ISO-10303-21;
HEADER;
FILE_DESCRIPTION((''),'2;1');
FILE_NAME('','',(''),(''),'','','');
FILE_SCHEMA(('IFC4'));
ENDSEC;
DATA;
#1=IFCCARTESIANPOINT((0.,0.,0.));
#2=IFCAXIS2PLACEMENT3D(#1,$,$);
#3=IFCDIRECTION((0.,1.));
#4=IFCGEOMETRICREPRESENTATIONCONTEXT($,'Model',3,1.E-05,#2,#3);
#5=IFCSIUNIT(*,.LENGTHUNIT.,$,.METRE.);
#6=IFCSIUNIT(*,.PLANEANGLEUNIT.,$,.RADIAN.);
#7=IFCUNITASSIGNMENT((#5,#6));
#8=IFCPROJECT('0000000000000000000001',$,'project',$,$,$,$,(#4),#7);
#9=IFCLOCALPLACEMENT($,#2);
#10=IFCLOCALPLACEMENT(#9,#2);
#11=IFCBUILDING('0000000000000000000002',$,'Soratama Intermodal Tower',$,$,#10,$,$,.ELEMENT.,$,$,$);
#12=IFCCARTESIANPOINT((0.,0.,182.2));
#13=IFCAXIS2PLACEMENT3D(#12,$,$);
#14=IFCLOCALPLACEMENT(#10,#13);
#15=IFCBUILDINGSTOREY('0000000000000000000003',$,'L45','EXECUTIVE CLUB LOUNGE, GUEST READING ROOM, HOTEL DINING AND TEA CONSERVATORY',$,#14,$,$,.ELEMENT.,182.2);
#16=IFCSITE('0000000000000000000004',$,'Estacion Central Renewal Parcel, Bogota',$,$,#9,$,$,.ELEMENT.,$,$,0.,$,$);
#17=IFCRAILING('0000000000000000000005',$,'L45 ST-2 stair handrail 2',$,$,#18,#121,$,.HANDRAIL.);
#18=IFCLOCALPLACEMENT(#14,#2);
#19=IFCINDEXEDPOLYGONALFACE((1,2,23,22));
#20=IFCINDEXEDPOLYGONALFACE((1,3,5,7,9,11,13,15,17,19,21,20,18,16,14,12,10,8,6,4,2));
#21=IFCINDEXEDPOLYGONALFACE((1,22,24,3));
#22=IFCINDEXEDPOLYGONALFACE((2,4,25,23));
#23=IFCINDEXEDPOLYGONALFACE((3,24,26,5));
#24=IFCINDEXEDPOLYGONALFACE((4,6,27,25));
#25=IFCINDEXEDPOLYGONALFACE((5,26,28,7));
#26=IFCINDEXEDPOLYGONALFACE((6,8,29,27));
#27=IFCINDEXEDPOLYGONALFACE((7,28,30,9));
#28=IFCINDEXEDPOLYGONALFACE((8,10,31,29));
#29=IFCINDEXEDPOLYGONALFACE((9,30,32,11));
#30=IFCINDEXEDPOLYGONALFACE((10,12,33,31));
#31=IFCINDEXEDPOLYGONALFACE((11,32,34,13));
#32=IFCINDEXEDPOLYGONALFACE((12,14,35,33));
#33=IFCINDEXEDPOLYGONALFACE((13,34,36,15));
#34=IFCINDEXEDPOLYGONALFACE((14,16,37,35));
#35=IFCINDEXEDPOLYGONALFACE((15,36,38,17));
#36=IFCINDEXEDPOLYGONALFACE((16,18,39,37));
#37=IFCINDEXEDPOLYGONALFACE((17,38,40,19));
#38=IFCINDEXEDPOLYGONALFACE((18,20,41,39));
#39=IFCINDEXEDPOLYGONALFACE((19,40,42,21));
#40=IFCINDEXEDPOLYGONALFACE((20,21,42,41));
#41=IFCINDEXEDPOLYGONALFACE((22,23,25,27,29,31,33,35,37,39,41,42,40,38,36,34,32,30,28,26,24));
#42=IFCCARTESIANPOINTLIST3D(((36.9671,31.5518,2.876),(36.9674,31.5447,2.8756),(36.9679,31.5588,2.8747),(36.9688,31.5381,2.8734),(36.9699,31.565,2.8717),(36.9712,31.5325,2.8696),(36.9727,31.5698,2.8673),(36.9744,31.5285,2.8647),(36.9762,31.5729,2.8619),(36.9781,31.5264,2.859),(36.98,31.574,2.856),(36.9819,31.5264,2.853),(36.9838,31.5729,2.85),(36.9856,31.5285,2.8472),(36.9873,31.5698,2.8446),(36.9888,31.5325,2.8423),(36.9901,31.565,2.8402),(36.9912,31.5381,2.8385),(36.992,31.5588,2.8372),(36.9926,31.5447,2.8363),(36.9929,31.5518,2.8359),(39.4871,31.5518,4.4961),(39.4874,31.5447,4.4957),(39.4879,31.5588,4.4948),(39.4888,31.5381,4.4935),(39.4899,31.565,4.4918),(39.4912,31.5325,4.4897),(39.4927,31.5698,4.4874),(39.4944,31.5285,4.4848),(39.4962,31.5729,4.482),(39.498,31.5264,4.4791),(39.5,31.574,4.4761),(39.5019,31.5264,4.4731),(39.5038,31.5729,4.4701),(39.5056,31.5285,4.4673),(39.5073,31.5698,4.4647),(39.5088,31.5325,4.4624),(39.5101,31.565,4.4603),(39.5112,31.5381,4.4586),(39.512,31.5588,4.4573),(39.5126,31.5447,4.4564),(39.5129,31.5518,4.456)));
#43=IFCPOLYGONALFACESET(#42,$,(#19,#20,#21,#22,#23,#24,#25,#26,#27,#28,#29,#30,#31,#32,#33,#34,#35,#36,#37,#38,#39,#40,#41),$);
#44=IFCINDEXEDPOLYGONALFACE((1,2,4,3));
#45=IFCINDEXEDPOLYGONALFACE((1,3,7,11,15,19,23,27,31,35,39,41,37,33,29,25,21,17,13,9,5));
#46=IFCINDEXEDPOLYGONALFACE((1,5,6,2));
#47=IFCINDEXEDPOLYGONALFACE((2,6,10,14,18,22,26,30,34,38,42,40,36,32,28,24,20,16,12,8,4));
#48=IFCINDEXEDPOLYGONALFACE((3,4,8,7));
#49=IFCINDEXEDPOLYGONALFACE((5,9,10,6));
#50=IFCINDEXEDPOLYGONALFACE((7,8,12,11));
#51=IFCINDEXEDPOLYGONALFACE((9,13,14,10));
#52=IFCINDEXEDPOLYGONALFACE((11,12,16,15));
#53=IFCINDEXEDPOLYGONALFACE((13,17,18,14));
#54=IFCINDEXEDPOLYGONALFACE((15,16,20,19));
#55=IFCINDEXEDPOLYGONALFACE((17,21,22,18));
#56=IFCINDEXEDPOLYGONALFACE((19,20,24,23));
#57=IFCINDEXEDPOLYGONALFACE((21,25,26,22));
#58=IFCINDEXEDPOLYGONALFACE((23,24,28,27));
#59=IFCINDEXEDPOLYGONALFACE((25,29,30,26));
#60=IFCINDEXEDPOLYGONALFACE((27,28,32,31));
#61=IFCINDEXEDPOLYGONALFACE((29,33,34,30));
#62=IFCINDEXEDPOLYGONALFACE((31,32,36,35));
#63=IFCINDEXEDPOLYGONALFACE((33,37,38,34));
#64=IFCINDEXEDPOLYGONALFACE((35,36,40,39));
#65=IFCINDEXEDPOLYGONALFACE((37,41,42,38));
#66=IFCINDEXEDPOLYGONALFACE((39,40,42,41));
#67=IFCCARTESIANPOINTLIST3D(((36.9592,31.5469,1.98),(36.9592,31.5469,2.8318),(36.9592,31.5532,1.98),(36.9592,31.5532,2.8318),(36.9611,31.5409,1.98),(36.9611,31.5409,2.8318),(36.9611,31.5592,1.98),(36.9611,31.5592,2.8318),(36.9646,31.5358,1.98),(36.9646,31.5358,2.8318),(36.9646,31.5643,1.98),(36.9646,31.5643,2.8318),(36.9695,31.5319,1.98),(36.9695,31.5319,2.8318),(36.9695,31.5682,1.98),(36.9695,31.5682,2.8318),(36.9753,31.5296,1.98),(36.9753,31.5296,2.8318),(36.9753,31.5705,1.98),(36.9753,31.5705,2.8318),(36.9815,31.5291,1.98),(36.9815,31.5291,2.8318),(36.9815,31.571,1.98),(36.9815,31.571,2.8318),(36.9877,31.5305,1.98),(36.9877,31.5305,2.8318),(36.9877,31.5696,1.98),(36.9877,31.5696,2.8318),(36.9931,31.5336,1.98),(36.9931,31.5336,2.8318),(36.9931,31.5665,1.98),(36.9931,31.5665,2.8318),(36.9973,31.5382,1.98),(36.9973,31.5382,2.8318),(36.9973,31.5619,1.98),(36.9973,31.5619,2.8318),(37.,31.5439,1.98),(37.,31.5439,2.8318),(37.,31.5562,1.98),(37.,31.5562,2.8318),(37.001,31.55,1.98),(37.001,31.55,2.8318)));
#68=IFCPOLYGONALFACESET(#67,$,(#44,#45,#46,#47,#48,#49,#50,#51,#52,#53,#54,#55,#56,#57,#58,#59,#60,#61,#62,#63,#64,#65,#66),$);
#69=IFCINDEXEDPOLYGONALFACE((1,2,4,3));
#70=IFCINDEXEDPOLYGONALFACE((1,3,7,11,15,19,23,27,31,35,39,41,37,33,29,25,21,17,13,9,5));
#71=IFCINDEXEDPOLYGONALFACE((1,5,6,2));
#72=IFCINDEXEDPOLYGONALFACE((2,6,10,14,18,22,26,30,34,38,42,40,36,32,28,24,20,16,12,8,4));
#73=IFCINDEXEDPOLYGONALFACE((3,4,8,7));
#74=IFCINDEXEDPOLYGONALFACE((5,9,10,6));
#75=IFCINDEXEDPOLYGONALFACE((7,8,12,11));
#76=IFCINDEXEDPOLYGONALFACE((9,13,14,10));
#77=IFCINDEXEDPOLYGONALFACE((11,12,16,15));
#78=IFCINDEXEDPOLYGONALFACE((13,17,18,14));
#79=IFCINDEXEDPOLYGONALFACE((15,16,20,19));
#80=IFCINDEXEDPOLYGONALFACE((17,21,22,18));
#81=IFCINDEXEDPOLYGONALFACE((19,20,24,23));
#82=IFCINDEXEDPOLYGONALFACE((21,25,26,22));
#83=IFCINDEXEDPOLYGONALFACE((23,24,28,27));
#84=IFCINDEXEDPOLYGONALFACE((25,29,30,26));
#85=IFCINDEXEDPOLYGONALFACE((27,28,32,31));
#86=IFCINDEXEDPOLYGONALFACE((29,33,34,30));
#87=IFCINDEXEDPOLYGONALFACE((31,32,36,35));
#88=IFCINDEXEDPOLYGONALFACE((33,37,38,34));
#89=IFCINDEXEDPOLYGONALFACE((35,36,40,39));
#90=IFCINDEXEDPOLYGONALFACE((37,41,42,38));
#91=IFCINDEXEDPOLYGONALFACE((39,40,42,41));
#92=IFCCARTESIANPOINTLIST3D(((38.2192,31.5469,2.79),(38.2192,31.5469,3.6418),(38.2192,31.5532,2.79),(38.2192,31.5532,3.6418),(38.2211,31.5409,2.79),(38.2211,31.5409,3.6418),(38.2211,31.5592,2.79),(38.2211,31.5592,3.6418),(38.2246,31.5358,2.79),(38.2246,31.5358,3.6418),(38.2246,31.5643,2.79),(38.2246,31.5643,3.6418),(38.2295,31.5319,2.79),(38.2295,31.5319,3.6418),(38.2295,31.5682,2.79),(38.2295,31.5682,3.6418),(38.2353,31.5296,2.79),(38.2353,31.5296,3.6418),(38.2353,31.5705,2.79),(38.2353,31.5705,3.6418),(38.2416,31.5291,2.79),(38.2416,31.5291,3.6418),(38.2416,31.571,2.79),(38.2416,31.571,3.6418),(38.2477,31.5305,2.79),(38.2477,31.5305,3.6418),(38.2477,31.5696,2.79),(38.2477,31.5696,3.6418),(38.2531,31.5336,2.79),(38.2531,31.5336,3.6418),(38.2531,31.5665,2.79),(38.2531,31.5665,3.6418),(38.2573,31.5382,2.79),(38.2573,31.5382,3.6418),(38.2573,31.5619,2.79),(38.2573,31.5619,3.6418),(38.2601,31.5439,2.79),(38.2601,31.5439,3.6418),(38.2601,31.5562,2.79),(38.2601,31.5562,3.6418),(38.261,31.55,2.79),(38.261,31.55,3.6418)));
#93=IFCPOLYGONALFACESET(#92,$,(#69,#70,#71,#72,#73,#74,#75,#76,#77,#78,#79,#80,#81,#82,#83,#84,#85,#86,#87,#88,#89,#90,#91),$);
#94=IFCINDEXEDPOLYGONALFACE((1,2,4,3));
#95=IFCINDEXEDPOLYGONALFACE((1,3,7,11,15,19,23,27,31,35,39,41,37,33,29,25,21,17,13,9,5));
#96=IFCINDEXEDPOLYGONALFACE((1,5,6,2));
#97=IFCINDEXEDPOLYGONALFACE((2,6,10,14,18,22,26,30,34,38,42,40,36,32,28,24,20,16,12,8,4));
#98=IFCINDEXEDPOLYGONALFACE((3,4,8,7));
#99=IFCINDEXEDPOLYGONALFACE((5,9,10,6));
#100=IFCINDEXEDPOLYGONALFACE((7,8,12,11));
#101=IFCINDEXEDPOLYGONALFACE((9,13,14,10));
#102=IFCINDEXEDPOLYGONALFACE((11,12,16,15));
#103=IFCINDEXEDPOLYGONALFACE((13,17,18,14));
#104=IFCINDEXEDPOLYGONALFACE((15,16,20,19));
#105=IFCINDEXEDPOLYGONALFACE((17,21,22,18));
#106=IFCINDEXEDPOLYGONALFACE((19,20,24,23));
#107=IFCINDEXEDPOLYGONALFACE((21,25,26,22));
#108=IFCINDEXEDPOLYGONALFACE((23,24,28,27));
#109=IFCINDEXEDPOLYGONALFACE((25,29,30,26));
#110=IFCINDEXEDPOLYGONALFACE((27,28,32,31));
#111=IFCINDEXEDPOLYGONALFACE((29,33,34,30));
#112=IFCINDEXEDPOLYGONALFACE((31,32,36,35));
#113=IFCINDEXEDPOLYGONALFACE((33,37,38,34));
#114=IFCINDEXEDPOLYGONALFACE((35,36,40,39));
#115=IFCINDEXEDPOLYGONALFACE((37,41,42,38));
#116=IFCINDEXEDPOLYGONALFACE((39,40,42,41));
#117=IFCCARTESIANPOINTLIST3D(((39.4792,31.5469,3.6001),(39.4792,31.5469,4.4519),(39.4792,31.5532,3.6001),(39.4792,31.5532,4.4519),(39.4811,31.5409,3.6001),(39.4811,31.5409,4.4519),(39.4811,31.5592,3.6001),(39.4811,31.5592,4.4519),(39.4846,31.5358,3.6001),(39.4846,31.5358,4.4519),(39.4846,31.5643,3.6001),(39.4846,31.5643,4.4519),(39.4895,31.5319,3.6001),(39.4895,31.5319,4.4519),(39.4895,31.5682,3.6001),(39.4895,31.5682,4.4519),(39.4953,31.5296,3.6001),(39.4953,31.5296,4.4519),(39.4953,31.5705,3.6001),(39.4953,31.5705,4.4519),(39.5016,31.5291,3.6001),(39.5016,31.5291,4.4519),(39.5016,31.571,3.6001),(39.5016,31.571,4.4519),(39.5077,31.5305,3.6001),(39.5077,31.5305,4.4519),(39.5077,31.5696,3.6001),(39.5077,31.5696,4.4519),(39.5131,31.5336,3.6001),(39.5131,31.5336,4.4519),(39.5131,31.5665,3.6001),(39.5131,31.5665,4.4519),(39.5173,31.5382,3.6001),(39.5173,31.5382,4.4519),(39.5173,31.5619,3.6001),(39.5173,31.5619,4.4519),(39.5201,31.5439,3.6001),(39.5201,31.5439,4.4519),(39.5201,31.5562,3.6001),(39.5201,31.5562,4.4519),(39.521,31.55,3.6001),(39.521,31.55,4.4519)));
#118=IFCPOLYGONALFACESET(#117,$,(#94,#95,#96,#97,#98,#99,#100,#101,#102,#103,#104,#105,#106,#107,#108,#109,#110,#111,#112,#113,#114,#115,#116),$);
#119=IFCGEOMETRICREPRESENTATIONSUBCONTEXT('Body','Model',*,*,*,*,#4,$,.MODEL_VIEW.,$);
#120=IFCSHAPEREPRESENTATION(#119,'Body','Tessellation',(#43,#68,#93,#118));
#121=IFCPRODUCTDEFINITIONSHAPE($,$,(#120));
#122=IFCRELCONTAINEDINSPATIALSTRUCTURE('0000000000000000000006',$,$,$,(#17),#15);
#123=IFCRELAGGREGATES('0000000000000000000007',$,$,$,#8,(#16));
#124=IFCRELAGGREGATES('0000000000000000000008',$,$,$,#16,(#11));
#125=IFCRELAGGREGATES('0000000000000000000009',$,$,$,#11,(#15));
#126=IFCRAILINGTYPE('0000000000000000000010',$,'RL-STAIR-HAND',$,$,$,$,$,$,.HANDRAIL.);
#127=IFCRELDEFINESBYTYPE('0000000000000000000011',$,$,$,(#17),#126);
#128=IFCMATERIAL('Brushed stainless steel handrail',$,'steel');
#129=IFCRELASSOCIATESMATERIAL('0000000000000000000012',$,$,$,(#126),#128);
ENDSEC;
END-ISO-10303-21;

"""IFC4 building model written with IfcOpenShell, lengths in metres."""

from ifc_helpers import new_model, si_unit, direction, frame, origin, origin_2d, place, context, subcontext, project, spatial, circle, extrude, material, type_object, element, save


model = new_model("IFC4")

# Units and contexts
model_context = context("Model", 3, precision=1e-05, world=origin(), true_north=direction((0.0, 1.0)))
body_context = subcontext(model_context, "Body", "Model", "MODEL_VIEW")
ifc_project = project(units=[si_unit("LENGTHUNIT", "METRE"), si_unit("PLANEANGLEUNIT", "RADIAN")], contexts=[model_context])

# Site, building, storey
site_placement = place(None, origin())
site = spatial("IfcSite", under=ifc_project, at=site_placement, Name="Estacion Central Renewal Parcel, Bogota", CompositionType="ELEMENT", RefElevation=0.0)
building_placement = place(site_placement, origin())
building = spatial("IfcBuilding", under=site, at=building_placement, Name="Soratama Intermodal Tower", CompositionType="ELEMENT")
storey_placement = place(building_placement, frame((0.0, 0.0, 182.2)))
storey = spatial("IfcBuildingStorey", under=building, at=storey_placement, Name="L45", Description="EXECUTIVE CLUB LOUNGE, GUEST READING ROOM, HOTEL DINING AND TEA CONSERVATORY", CompositionType="ELEMENT", Elevation=182.2)

# Railing
ifc_material_1 = material(Name="Brushed stainless steel handrail", Category="steel")
railing_type_1 = type_object("IfcRailingType", Name="RL-STAIR-HAND", PredefinedType="HANDRAIL", material=ifc_material_1)
railing_1_placement = place(storey_placement, frame((36.98, 31.55, 1.98)))
element("IfcRailing", 1, at=railing_1_placement, inside=storey, type_object=railing_type_1, Name="L45 ST-2 stair handrail 2", PredefinedType="HANDRAIL", context=body_context, shape_type="SweptSolid", body=[
    extrude(circle(Radius=0.0239, at=origin_2d()), frame((0.0, 0.0, 0.876), z_axis=(0.841163, 0.0, 0.540782), x_axis=(0.0, 1.0, 0.0)), (0.0, 0.0, 1.0), 2.9958),
    extrude(circle(Radius=0.021, at=origin_2d()), origin(), (0.0, 0.0, 1.0), 0.8518),
    extrude(circle(Radius=0.021, at=origin_2d()), frame((1.26, 0.0, 0.8101)), (0.0, 0.0, 1.0), 0.8518),
    extrude(circle(Radius=0.021, at=origin_2d()), frame((2.52, 0.0, 1.6201)), (0.0, 0.0, 1.0), 0.8518),
])

save(model, "model.ifc")
